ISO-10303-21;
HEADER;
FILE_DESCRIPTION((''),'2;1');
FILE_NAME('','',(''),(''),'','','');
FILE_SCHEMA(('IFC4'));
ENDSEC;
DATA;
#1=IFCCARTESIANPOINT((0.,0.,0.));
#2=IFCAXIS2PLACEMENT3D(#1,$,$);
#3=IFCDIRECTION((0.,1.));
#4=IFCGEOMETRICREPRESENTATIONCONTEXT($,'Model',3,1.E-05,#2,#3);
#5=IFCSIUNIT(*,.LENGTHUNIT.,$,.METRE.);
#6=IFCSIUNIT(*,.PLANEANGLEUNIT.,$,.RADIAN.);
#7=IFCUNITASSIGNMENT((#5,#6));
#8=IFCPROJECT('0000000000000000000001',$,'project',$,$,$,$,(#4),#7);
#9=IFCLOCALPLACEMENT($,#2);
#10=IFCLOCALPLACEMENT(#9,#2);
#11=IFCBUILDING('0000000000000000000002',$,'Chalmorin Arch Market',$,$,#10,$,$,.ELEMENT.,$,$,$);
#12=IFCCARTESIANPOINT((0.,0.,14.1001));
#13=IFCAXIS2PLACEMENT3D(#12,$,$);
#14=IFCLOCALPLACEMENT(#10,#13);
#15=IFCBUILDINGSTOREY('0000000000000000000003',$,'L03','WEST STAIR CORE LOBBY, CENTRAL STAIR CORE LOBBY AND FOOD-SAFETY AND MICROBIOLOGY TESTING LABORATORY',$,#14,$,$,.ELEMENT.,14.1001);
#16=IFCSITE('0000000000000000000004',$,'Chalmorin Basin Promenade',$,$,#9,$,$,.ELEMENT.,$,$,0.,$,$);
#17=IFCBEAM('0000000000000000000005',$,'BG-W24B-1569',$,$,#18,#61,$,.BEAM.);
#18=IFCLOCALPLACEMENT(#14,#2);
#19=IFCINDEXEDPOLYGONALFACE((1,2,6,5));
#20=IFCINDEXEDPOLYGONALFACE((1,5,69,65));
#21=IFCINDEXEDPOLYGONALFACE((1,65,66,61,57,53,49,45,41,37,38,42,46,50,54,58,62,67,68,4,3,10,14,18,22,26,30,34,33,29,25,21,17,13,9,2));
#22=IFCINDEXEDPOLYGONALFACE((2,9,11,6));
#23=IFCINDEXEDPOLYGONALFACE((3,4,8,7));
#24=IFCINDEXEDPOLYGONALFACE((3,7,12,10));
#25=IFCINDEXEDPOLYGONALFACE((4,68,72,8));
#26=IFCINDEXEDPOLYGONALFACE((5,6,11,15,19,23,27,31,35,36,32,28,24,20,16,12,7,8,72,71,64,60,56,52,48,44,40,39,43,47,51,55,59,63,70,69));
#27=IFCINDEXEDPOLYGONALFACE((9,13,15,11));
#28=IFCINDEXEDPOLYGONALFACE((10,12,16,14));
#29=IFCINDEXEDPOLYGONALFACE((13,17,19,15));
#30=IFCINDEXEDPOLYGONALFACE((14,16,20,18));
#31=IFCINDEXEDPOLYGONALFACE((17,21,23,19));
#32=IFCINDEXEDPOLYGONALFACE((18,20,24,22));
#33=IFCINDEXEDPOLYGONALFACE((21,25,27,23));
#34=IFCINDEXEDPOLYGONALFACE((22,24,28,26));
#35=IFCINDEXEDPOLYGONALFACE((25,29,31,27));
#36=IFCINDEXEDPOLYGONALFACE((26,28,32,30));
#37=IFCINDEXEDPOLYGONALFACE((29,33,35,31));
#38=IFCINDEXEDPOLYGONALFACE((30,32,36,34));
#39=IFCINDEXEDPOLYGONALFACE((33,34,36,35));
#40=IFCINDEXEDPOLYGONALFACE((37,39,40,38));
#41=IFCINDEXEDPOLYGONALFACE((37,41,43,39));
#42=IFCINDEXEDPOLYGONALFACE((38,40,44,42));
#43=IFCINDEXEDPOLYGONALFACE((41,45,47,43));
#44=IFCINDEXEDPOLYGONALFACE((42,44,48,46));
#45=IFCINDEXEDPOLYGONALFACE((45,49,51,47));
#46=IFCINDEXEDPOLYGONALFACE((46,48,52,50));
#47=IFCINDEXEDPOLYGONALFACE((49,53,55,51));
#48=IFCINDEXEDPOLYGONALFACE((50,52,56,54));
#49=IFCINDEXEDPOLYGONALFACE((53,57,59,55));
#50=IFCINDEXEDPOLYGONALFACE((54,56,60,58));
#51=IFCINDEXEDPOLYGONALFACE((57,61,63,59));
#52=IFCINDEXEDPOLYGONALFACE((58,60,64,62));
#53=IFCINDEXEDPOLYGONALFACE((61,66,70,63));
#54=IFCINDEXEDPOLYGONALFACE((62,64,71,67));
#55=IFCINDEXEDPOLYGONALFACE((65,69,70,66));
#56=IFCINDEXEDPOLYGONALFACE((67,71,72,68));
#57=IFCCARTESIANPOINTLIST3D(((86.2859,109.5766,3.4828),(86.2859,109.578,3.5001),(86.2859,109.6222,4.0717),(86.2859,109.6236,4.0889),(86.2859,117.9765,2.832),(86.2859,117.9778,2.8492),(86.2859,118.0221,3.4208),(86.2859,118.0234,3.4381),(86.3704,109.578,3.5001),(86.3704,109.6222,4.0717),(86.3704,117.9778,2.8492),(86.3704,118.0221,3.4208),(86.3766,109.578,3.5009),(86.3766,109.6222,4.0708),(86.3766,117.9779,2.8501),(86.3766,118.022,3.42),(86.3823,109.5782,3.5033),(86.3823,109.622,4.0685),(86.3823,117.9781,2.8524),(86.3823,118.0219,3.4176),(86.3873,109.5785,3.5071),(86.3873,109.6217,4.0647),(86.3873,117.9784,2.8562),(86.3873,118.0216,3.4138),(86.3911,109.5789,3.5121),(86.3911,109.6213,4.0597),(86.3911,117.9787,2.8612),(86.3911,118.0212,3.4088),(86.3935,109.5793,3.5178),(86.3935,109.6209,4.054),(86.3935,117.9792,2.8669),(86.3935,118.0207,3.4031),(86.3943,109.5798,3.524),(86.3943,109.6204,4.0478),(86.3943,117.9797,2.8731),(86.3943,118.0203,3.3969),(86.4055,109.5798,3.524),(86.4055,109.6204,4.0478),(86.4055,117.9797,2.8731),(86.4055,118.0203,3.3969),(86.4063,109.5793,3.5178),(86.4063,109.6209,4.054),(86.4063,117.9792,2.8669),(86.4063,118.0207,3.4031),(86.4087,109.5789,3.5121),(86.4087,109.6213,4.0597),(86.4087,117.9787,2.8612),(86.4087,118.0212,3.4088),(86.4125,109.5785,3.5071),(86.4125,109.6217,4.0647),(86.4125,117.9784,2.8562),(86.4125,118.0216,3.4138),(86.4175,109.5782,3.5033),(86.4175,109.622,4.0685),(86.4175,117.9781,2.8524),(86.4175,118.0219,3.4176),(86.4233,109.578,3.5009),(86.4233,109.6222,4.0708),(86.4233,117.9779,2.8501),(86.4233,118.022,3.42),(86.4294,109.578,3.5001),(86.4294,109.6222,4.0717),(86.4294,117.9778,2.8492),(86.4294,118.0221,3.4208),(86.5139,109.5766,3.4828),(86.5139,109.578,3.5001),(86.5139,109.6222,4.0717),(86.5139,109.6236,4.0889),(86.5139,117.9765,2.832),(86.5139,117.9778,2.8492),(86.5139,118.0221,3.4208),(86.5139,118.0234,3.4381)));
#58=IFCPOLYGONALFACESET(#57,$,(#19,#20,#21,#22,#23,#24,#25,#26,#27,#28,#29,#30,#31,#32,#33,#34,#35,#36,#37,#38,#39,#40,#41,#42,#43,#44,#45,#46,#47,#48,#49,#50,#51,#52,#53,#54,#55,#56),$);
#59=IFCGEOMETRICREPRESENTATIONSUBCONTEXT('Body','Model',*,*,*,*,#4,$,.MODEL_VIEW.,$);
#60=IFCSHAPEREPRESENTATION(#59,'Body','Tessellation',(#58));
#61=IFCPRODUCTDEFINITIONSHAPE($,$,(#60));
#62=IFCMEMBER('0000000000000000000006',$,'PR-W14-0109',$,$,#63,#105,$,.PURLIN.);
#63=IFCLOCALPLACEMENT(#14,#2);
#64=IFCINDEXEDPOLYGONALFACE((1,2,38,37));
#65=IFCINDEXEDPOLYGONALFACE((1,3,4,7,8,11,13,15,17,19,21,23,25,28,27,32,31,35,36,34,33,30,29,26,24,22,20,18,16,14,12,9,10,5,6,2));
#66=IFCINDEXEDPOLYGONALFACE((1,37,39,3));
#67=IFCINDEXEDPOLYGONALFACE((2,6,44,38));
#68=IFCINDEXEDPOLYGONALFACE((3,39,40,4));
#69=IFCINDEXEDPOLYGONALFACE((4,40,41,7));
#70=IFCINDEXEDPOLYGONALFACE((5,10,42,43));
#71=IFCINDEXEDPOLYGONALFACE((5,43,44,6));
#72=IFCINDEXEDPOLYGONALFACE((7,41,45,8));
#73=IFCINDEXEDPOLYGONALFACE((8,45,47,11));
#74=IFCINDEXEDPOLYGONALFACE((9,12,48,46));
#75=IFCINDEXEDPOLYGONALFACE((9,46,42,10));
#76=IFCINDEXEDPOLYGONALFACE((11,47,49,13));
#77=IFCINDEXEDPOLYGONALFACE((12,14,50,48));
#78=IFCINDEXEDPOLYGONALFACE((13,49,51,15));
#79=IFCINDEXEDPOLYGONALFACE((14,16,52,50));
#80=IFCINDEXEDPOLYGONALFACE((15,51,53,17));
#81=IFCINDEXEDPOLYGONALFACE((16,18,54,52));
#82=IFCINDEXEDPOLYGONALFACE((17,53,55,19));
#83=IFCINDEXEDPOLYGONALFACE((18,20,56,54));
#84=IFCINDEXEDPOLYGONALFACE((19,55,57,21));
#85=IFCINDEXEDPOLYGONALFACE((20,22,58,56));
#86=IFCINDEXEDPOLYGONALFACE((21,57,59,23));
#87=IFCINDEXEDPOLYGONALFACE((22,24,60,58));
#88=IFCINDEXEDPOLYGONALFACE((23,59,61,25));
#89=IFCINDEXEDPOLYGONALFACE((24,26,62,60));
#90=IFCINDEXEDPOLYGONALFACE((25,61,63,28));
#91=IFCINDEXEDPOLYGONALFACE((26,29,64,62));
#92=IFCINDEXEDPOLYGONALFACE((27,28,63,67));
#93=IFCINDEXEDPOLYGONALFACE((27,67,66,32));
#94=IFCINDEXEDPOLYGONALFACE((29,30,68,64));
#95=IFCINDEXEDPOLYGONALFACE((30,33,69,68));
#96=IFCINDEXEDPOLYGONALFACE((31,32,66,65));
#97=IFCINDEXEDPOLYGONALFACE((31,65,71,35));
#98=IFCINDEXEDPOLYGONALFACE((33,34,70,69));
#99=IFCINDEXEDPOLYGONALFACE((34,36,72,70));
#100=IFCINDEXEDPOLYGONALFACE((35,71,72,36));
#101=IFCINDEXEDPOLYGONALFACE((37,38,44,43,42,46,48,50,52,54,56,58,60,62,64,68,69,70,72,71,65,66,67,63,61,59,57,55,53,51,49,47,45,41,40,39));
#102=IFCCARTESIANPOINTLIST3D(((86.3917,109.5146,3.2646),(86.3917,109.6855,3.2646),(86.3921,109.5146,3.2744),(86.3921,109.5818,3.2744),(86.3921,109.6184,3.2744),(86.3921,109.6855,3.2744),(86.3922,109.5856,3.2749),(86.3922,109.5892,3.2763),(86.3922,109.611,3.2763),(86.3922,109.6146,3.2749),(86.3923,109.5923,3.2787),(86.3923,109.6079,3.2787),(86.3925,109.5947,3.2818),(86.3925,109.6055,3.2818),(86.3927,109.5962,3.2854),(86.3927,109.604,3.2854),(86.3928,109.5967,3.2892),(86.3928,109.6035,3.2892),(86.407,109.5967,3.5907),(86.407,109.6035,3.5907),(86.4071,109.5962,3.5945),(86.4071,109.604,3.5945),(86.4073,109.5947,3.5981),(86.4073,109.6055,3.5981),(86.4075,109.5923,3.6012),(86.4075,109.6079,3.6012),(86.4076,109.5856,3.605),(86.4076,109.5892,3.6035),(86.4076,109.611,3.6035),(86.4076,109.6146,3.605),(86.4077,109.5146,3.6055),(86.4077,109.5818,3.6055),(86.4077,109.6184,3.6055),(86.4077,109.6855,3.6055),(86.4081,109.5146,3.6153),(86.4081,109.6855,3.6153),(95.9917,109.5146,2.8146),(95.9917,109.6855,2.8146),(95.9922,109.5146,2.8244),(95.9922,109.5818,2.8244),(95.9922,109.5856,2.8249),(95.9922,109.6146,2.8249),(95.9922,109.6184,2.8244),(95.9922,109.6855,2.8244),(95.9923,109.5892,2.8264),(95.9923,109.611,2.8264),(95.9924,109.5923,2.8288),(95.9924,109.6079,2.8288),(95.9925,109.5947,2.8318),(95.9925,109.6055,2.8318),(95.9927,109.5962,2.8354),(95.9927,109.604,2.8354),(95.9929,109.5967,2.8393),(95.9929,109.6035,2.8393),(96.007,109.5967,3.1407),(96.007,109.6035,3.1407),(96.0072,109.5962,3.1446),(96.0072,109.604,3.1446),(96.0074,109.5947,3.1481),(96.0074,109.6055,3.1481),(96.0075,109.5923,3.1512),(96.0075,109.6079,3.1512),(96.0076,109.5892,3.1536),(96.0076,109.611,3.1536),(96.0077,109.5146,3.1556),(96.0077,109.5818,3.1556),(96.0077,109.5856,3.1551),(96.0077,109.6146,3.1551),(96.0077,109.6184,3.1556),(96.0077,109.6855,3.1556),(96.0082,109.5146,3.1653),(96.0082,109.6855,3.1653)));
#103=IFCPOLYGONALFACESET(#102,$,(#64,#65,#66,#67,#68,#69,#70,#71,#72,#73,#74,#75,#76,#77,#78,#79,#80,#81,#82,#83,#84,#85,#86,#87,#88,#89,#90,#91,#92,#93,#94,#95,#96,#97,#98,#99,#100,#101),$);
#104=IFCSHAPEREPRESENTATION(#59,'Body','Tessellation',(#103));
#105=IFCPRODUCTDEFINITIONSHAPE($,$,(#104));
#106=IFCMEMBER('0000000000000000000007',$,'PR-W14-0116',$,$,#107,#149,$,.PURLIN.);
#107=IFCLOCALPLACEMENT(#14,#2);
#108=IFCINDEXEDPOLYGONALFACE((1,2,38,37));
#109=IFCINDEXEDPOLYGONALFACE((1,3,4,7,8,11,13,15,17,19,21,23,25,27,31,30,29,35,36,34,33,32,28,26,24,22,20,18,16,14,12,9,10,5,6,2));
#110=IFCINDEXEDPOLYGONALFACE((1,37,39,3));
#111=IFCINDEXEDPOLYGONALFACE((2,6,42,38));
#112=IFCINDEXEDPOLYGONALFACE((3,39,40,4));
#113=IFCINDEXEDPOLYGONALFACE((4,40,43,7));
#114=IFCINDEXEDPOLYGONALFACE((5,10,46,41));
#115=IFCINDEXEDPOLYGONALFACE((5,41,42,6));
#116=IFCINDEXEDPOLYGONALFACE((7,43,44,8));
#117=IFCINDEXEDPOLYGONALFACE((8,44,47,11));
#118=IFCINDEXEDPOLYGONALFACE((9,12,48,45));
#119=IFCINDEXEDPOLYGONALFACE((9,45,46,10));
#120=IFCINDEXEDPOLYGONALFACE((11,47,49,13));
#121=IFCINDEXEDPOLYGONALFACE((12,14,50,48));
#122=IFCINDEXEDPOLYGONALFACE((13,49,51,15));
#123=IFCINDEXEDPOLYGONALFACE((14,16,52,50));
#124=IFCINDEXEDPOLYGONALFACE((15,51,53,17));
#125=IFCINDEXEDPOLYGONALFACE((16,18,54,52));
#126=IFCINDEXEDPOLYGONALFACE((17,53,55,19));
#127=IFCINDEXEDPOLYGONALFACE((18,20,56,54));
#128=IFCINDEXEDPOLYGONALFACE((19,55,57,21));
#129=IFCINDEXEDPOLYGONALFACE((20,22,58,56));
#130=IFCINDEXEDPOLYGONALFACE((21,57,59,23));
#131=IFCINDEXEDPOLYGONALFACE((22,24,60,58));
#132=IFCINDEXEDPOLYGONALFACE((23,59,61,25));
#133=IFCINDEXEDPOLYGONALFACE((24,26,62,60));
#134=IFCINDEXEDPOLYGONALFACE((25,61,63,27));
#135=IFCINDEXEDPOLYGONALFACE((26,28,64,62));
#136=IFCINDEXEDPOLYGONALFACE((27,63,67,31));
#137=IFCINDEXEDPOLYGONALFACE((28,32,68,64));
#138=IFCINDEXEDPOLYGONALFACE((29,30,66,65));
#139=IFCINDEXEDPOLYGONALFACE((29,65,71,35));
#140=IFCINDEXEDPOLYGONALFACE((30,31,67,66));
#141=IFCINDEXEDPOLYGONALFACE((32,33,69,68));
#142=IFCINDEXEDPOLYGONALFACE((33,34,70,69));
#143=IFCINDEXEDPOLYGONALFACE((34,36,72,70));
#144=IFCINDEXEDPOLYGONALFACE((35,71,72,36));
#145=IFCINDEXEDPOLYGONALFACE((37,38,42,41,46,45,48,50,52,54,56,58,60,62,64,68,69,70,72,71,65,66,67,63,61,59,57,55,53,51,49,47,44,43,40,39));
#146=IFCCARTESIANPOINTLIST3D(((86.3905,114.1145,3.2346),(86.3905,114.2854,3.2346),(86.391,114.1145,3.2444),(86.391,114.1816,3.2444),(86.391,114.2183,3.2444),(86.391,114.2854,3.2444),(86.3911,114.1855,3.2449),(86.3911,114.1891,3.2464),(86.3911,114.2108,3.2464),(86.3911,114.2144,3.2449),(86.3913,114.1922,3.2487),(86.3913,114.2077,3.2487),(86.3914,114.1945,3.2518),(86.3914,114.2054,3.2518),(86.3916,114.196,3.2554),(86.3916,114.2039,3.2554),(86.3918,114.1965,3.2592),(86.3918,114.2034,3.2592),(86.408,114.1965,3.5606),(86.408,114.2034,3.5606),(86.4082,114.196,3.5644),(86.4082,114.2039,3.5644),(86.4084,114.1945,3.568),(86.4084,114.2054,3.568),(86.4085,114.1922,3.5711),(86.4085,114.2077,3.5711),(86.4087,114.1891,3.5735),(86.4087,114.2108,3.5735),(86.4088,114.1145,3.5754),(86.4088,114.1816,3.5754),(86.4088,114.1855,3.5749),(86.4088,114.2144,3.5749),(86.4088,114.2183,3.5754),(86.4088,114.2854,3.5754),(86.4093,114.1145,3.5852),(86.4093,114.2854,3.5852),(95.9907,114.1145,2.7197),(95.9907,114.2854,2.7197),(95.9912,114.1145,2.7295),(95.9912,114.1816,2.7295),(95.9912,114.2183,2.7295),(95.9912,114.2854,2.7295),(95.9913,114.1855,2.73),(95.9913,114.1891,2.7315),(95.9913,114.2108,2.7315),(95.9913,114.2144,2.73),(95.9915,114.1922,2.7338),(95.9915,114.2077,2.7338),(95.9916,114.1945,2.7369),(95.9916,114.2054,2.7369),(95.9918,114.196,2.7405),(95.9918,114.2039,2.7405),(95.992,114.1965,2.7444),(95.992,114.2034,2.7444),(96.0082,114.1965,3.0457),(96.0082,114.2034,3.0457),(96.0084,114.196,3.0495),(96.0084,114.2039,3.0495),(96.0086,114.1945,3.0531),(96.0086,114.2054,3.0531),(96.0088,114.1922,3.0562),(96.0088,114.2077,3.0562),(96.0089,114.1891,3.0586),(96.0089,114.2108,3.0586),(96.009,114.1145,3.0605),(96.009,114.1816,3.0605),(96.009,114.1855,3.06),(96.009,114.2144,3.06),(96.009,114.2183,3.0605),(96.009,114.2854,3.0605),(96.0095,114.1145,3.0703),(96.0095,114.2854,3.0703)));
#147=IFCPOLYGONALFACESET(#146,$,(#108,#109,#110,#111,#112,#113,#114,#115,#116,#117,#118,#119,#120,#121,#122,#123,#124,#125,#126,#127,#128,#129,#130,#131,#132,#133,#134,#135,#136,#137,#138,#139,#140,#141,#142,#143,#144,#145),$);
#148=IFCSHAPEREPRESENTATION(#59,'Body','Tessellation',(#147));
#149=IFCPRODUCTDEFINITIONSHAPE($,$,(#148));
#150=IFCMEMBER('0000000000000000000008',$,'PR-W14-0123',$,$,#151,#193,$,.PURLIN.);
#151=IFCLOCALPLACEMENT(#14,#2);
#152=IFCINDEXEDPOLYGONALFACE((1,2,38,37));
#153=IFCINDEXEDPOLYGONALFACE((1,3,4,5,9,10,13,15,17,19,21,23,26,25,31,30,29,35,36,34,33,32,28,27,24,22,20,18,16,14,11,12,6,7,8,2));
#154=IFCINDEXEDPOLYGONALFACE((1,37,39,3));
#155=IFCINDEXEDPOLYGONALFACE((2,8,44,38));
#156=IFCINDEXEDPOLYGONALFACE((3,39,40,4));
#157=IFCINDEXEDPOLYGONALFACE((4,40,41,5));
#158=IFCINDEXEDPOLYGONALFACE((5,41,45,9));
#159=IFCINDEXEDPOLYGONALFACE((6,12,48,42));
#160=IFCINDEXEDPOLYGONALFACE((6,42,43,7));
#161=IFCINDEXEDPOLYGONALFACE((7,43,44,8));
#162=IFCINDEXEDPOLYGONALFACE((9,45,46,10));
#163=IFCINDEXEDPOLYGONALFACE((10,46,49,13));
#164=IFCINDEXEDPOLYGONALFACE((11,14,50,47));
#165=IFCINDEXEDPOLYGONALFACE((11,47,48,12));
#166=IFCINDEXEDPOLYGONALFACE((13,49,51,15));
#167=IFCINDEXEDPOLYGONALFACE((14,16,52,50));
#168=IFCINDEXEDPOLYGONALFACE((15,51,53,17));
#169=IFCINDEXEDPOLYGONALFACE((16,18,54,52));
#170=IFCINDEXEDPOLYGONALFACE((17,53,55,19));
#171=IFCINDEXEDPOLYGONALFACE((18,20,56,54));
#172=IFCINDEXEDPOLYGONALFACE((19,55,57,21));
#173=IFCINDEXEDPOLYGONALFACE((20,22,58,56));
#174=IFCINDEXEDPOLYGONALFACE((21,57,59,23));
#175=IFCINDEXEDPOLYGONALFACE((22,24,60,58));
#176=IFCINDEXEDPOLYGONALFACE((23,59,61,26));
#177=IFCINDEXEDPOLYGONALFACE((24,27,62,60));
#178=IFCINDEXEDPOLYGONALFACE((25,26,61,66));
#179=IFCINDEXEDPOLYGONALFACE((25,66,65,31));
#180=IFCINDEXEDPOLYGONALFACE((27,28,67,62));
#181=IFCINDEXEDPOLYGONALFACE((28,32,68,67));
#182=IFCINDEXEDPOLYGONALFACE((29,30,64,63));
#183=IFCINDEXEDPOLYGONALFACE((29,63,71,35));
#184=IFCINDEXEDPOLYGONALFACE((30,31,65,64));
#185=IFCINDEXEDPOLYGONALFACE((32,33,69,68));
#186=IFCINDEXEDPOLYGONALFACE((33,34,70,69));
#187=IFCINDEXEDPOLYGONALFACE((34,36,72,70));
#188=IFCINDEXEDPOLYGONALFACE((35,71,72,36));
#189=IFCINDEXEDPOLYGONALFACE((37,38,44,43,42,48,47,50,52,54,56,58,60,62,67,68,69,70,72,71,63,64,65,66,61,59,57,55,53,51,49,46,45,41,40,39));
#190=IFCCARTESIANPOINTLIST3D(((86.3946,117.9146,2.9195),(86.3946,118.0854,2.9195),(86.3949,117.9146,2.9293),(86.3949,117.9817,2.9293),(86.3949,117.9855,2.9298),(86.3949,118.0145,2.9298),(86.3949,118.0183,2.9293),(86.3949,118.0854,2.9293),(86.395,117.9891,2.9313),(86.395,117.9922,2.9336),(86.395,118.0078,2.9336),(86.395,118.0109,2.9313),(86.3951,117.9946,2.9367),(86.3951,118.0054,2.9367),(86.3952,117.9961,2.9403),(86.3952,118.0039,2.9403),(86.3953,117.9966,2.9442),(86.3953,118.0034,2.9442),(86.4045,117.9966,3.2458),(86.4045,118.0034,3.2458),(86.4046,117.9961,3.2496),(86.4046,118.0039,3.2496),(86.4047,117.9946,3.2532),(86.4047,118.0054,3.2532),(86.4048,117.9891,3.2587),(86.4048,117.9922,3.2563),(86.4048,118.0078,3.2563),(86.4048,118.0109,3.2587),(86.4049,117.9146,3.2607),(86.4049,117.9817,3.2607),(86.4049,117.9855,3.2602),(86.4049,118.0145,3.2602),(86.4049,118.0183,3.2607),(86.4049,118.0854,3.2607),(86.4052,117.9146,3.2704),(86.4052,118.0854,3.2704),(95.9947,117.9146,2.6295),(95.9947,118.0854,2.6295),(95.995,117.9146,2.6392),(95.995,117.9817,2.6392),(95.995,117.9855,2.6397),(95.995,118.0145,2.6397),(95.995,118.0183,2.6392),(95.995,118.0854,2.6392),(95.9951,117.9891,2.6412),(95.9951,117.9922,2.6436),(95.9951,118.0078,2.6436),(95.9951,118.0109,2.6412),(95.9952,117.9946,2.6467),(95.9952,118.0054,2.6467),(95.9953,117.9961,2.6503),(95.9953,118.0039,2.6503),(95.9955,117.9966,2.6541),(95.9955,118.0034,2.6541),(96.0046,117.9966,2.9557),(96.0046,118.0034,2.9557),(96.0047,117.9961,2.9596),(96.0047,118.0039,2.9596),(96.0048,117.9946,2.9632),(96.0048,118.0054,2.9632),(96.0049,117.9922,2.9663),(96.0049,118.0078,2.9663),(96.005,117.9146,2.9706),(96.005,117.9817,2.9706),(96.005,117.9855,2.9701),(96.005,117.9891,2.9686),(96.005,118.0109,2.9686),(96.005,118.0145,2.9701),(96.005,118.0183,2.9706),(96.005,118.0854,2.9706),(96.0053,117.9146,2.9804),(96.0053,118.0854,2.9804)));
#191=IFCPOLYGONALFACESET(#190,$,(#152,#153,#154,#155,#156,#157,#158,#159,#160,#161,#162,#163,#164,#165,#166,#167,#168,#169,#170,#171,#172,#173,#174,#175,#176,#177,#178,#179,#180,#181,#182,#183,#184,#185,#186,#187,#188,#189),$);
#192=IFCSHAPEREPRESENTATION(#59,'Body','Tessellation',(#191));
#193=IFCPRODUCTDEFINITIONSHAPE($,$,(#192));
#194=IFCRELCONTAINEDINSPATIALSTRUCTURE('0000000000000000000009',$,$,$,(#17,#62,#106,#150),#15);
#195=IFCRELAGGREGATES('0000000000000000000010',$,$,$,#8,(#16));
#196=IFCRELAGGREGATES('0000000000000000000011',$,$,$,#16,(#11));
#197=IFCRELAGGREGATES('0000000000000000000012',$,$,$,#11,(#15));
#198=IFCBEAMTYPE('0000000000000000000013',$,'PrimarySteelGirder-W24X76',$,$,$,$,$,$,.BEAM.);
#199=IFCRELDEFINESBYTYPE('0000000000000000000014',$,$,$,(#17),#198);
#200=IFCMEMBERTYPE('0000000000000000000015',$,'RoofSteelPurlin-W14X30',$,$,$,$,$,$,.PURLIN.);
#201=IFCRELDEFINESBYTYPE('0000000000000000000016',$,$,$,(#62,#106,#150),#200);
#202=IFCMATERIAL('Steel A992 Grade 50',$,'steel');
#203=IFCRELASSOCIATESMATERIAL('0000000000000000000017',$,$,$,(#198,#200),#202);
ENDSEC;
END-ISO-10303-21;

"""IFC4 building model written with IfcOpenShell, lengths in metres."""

from ifc_helpers import new_model, si_unit, direction, frame, origin, origin_2d, place, context, subcontext, project, spatial, i_section, extrude, material, material_profile, profile_set, type_object, element, save


model = new_model("IFC4")

# Units and contexts
model_context = context("Model", 3, precision=1e-05, world=origin(), true_north=direction((0.0, 1.0)))
body_context = subcontext(model_context, "Body", "Model", "MODEL_VIEW")
ifc_project = project(units=[si_unit("LENGTHUNIT", "METRE"), si_unit("PLANEANGLEUNIT", "RADIAN")], contexts=[model_context])

# Site, building, storey
site_placement = place(None, origin())
site = spatial("IfcSite", under=ifc_project, at=site_placement, Name="Chalmorin Basin Promenade", CompositionType="ELEMENT", RefElevation=0.0)
building_placement = place(site_placement, origin())
building = spatial("IfcBuilding", under=site, at=building_placement, Name="Chalmorin Arch Market", CompositionType="ELEMENT")
storey_placement = place(building_placement, frame((0.0, 0.0, 14.1001)))
storey = spatial("IfcBuildingStorey", under=building, at=storey_placement, Name="L03", Description="WEST STAIR CORE LOBBY, CENTRAL STAIR CORE LOBBY AND FOOD-SAFETY AND MICROBIOLOGY TESTING LABORATORY", CompositionType="ELEMENT", Elevation=14.1001)

# Beam
ifc_material_1 = material(Name="Steel A992 Grade 50", Category="steel")
ifc_material_profile_1 = material_profile(ifc_material_1, i_section(OverallWidth=0.228, OverallDepth=0.6079, WebThickness=0.0112, FlangeThickness=0.0173, FilletRadius=0.0239, at=origin_2d()), Name="W24X76")
ifc_profile_set_1 = profile_set([ifc_material_profile_1], Name="Steel A992 Grade 50")
beam_type_1 = type_object("IfcBeamType", Name="PrimarySteelGirder-W24X76", PredefinedType="BEAM", material=ifc_profile_set_1)
beam_1_placement = place(storey_placement, frame((86.3999, 109.6001, 3.7859), z_axis=(0.0, 0.997011, -0.077255), x_axis=(-1.0, 0.0, 0.0)))
element("IfcBeam", 1, at=beam_1_placement, inside=storey, type_object=beam_type_1, Name="BG-W24B-1569", PredefinedType="BEAM", context=body_context, shape_type="SweptSolid", body=[
    extrude(i_section(OverallWidth=0.228, OverallDepth=0.6079, WebThickness=0.0112, FlangeThickness=0.0173, FilletRadius=0.0239, at=origin_2d()), origin(), (0.0, 0.0, 1.0), 8.425),
])

# Members
ifc_material_profile_2 = material_profile(ifc_material_1, i_section(OverallWidth=0.1709, OverallDepth=0.3511, WebThickness=0.0068, FlangeThickness=0.0098, FilletRadius=0.0149, at=origin_2d()), Name="W14X30")
ifc_profile_set_2 = profile_set([ifc_material_profile_2], Name="Steel A992 Grade 50")
member_type_1 = type_object("IfcMemberType", Name="RoofSteelPurlin-W14X30", PredefinedType="PURLIN", material=ifc_profile_set_2)
member_1_placement = place(storey_placement, frame((86.3999, 109.6001, 3.4399), z_axis=(0.998903, 0.0, -0.046818), x_axis=(0.0, 1.0, 0.0)))
element("IfcMember", 2, at=member_1_placement, inside=storey, type_object=member_type_1, Name="PR-W14-0109", PredefinedType="PURLIN", context=body_context, shape_type="SweptSolid", body=[
    extrude(i_section(OverallWidth=0.1709, OverallDepth=0.3511, WebThickness=0.0068, FlangeThickness=0.0098, FilletRadius=0.0149, at=origin_2d()), origin(), (0.0, 0.0, 1.0), 9.6106),
])
member_2_placement = place(storey_placement, frame((86.3999, 114.2, 3.4099), z_axis=(0.998565, 0.0, -0.053557), x_axis=(0.0, 1.0, 0.0)))
element("IfcMember", 3, at=member_2_placement, inside=storey, type_object=member_type_1, Name="PR-W14-0116", PredefinedType="PURLIN", context=body_context, shape_type="SweptSolid", body=[
    extrude(i_section(OverallWidth=0.1709, OverallDepth=0.3511, WebThickness=0.0068, FlangeThickness=0.0098, FilletRadius=0.0149, at=origin_2d()), origin(), (0.0, 0.0, 1.0), 9.614),
])
member_3_placement = place(storey_placement, frame((86.3999, 118.0, 3.095), z_axis=(0.999544, 0.0, -0.030198), x_axis=(0.0, 1.0, 0.0)))
element("IfcMember", 4, at=member_3_placement, inside=storey, type_object=member_type_1, Name="PR-W14-0123", PredefinedType="PURLIN", context=body_context, shape_type="SweptSolid", body=[
    extrude(i_section(OverallWidth=0.1709, OverallDepth=0.3511, WebThickness=0.0068, FlangeThickness=0.0098, FilletRadius=0.0149, at=origin_2d()), origin(), (0.0, 0.0, 1.0), 9.6045),
])

save(model, "model.ifc")
